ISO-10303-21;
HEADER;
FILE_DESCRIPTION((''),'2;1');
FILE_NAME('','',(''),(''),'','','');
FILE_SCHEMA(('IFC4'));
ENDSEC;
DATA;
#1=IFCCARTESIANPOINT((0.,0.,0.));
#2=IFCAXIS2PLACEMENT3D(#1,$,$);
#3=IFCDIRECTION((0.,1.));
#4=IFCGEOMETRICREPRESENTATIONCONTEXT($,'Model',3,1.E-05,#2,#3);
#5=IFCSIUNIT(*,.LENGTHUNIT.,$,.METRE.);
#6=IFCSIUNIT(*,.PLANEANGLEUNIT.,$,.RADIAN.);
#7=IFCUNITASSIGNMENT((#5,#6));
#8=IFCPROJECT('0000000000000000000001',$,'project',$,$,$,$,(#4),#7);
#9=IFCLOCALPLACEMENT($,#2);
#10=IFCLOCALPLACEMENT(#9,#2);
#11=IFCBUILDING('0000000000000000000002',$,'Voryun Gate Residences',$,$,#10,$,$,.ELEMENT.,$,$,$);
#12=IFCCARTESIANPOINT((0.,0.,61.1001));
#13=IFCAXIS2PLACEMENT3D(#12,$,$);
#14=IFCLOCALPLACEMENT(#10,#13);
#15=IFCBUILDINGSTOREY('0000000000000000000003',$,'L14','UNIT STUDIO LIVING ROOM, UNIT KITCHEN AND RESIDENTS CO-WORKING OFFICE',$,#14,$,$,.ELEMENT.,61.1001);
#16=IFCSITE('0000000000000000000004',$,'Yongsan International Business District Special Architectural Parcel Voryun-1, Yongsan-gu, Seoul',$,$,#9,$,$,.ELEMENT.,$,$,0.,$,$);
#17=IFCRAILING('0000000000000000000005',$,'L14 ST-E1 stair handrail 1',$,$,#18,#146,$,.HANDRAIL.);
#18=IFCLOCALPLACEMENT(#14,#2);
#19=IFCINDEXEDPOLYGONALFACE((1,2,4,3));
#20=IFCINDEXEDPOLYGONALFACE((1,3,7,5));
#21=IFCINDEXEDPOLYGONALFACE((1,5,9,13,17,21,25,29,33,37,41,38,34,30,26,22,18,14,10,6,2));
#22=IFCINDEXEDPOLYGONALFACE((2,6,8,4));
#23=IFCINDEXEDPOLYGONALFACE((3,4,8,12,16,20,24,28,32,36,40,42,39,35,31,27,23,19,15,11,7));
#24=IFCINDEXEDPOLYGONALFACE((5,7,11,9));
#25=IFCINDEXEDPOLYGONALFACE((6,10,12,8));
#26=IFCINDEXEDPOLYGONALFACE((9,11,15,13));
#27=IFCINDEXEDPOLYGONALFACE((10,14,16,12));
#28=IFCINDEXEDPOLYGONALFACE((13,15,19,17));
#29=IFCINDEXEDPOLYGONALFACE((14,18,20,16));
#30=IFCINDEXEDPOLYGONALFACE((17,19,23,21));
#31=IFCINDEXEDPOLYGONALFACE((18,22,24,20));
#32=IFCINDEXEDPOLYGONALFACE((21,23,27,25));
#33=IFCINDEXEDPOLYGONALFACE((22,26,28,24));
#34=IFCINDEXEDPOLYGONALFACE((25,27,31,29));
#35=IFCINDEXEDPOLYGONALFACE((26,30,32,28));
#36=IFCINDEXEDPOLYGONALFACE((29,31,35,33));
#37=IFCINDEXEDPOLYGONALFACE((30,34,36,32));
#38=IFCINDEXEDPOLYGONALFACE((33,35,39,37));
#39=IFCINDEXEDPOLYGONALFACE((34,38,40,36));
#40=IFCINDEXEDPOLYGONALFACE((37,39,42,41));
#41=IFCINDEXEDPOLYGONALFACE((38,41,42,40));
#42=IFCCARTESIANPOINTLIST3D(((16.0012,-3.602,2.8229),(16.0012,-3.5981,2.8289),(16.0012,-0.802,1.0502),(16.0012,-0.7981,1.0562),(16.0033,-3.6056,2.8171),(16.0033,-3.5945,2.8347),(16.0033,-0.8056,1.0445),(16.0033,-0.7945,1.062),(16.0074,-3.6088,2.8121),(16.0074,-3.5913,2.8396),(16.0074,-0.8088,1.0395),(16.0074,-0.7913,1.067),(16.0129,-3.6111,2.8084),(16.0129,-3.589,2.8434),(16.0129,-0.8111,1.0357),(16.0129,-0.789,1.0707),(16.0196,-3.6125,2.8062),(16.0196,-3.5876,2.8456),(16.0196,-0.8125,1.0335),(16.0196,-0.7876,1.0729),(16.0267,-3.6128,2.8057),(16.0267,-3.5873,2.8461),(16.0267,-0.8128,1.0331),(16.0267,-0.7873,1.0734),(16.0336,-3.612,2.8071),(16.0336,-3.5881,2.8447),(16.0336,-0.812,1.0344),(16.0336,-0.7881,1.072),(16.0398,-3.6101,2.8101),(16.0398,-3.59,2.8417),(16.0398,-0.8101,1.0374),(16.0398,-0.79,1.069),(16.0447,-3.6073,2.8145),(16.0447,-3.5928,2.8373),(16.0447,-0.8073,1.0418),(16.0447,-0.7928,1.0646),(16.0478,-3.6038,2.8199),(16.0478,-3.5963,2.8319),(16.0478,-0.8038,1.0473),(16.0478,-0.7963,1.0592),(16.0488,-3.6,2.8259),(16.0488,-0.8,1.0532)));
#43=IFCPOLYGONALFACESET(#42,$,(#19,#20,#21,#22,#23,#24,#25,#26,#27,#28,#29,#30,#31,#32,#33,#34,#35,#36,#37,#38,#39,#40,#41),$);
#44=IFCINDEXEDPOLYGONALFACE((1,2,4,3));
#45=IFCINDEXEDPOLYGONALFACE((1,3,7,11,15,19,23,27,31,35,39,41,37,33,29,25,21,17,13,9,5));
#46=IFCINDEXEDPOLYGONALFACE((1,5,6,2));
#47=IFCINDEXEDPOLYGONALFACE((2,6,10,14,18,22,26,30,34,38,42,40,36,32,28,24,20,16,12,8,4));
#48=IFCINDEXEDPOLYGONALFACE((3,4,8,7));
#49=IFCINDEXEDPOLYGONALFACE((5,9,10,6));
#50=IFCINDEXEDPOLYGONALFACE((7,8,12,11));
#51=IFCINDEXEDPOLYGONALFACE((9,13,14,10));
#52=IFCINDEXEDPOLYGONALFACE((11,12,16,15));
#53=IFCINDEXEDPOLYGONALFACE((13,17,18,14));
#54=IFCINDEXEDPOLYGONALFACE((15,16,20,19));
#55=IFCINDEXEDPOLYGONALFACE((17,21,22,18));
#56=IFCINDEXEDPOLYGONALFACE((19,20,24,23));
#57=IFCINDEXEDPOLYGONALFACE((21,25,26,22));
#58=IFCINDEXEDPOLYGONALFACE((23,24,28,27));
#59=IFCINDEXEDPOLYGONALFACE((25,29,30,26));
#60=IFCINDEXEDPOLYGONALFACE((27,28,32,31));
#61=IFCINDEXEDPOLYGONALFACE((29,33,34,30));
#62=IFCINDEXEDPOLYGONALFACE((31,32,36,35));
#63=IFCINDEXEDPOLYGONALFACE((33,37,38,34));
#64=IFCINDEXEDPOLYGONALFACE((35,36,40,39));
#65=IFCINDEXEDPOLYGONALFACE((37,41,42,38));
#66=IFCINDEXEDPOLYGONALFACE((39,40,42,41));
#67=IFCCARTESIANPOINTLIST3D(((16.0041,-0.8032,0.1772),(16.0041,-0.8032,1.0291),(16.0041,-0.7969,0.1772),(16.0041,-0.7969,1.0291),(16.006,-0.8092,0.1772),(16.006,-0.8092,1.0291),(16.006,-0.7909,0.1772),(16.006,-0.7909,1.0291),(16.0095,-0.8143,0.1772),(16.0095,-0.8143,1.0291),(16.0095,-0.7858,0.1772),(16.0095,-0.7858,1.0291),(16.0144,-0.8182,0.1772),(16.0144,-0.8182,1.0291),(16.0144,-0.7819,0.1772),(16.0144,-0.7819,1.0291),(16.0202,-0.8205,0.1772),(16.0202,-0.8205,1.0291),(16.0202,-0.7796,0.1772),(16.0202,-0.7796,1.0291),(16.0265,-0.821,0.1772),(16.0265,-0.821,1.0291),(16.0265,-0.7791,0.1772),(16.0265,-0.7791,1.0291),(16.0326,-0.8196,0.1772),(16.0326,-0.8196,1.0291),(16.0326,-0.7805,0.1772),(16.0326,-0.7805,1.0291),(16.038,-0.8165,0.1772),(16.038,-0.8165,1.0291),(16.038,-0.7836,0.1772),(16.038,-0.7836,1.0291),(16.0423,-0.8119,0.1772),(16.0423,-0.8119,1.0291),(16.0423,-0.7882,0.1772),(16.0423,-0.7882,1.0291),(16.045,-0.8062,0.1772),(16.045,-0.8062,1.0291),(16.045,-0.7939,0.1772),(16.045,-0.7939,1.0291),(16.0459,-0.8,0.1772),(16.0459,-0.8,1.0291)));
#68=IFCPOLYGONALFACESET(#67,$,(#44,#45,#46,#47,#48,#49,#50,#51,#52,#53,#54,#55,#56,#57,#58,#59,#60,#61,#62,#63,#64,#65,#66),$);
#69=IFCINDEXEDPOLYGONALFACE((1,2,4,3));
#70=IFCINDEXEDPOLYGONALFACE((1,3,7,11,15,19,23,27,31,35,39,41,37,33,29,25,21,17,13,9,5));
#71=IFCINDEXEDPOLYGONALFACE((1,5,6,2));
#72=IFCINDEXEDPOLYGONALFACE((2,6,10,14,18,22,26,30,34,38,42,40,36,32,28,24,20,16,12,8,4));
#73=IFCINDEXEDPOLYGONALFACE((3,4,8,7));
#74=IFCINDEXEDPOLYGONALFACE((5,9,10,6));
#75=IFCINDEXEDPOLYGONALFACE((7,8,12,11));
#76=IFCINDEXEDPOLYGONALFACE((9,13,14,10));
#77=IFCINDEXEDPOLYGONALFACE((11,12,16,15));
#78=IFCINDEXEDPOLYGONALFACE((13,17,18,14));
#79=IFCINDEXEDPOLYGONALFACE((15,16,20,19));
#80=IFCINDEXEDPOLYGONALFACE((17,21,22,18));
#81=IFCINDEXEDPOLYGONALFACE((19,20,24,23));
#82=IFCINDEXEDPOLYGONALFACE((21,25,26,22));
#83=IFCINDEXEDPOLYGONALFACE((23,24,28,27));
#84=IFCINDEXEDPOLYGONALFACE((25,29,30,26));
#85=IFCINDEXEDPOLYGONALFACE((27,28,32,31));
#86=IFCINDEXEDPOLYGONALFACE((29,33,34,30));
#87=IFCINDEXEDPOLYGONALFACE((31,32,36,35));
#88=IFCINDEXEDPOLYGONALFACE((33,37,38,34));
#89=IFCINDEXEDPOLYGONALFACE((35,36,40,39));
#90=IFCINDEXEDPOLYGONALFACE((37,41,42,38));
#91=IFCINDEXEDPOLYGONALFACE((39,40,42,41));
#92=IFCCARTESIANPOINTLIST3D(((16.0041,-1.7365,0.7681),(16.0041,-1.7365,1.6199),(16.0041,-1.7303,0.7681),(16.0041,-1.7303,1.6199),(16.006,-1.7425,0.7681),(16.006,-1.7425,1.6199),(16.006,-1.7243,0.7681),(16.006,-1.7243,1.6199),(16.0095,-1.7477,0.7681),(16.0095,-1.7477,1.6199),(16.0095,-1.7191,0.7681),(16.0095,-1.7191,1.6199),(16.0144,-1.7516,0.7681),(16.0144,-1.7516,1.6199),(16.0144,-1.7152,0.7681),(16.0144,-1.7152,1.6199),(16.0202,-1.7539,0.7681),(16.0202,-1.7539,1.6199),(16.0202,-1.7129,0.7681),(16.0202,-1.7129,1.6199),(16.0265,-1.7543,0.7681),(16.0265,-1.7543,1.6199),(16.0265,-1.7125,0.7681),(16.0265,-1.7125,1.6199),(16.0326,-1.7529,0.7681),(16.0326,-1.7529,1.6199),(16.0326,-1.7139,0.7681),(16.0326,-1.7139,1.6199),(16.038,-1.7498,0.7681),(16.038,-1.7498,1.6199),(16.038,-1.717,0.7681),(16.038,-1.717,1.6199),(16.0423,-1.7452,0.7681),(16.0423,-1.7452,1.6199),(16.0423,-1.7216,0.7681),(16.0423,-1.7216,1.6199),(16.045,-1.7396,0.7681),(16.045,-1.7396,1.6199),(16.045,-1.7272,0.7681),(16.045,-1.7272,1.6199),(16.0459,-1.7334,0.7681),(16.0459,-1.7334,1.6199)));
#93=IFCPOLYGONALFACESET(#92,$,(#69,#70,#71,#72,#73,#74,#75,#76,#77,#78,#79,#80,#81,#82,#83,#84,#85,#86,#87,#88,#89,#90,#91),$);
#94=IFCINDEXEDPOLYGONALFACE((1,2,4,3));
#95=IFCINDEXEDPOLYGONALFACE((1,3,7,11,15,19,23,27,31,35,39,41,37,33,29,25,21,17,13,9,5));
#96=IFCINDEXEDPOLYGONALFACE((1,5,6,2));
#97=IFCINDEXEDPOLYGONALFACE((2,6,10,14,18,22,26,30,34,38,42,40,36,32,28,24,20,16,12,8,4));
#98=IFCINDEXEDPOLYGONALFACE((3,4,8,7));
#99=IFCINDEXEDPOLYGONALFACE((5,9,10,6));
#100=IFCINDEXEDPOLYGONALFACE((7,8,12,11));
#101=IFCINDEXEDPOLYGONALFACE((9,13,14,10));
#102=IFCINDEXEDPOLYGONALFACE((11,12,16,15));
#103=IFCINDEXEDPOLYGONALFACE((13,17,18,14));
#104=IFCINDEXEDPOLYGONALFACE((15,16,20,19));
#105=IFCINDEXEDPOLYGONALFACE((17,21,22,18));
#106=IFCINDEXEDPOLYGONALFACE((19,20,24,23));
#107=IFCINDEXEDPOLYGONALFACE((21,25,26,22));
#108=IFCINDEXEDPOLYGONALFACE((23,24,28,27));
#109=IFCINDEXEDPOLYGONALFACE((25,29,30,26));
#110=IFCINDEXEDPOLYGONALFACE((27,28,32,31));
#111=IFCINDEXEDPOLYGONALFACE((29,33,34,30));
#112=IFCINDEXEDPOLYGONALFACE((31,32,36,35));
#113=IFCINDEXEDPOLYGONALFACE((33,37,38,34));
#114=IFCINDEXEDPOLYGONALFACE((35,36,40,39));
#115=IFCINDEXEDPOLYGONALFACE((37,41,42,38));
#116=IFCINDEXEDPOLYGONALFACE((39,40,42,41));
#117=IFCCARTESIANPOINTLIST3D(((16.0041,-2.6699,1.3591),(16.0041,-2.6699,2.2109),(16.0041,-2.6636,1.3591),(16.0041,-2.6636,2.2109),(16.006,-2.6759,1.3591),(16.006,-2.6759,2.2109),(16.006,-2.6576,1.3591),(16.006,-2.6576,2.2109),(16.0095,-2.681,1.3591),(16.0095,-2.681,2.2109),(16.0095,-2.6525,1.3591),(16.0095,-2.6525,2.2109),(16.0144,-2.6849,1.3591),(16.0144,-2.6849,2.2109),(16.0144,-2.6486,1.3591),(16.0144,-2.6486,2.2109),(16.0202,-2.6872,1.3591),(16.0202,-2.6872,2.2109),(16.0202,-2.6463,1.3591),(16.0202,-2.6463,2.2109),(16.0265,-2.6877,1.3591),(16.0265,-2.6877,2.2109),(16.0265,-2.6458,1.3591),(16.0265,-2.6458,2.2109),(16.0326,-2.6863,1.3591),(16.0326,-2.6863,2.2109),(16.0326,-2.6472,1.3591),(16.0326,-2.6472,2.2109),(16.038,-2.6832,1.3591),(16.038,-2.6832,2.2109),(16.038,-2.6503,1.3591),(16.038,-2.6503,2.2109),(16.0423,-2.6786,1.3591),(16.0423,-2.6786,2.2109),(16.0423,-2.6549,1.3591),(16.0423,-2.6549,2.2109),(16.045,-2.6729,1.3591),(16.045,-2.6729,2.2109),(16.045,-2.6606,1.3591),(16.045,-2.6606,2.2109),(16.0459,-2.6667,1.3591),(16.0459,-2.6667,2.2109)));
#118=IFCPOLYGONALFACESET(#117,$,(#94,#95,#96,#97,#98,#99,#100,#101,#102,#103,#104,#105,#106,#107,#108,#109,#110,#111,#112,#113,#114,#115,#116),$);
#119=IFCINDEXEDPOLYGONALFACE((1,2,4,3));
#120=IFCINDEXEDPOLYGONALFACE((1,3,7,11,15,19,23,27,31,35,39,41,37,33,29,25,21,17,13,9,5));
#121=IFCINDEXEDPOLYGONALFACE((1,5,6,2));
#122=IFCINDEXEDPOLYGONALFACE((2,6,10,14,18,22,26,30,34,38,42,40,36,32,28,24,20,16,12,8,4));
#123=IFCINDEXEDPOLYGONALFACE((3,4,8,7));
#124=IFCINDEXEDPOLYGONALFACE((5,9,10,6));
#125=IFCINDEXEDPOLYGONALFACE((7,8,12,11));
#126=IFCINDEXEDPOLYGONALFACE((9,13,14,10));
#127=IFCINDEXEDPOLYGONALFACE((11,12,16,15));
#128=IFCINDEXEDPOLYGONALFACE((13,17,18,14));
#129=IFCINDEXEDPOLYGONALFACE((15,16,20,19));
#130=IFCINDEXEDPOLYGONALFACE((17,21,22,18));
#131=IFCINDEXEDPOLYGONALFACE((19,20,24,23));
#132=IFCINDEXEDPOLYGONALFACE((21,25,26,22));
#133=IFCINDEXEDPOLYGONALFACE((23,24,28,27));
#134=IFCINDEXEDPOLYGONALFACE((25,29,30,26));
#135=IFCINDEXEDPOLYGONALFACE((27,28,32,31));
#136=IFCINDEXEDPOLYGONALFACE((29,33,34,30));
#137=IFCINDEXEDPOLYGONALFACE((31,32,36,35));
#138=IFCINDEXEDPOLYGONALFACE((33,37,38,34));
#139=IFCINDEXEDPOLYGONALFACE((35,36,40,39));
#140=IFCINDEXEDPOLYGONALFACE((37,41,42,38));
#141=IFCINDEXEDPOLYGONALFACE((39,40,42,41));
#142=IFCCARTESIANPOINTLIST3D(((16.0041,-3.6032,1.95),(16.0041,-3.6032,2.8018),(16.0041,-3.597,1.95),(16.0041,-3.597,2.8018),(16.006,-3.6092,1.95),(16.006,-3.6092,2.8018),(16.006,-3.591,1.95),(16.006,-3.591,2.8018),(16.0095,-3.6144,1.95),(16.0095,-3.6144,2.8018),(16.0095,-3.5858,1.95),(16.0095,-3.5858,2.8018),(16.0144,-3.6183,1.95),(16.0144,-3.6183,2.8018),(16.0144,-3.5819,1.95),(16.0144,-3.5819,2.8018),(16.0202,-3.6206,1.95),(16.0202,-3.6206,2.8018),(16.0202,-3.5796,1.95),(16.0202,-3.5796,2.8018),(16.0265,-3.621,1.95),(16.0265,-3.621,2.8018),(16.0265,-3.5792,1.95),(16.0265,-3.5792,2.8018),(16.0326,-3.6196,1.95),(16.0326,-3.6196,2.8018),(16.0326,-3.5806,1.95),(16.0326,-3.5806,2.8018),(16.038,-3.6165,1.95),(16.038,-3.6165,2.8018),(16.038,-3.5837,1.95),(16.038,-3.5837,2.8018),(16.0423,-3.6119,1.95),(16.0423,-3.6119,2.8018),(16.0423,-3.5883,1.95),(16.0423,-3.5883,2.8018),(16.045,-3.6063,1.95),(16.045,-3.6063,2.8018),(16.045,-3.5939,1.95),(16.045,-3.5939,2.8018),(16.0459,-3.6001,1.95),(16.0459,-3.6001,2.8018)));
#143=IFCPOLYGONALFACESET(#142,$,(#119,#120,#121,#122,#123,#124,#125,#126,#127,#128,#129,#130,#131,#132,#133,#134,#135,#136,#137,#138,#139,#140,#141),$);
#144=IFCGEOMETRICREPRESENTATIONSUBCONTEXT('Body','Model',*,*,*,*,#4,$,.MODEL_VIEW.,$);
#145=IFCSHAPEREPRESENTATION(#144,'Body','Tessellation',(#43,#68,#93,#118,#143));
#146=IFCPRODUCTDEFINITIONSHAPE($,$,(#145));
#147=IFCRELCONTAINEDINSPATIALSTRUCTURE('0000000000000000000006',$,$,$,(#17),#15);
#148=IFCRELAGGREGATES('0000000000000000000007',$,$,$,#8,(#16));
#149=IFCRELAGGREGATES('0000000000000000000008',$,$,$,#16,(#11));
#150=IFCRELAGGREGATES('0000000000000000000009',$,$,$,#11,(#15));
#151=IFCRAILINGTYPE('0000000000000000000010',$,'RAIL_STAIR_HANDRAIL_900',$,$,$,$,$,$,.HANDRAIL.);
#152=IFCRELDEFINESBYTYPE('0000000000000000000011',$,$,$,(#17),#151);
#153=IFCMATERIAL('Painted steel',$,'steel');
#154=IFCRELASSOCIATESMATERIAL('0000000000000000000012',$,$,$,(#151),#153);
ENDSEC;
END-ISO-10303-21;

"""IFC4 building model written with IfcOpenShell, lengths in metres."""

from ifc_helpers import new_model, si_unit, direction, frame, origin, origin_2d, place, context, subcontext, project, spatial, circle, extrude, material, type_object, element, save


model = new_model("IFC4")

# Units and contexts
model_context = context("Model", 3, precision=1e-05, world=origin(), true_north=direction((0.0, 1.0)))
body_context = subcontext(model_context, "Body", "Model", "MODEL_VIEW")
ifc_project = project(units=[si_unit("LENGTHUNIT", "METRE"), si_unit("PLANEANGLEUNIT", "RADIAN")], contexts=[model_context])

# Site, building, storey
site_placement = place(None, origin())
site = spatial("IfcSite", under=ifc_project, at=site_placement, Name="Yongsan International Business District Special Architectural Parcel Voryun-1, Yongsan-gu, Seoul", CompositionType="ELEMENT", RefElevation=0.0)
building_placement = place(site_placement, origin())
building = spatial("IfcBuilding", under=site, at=building_placement, Name="Voryun Gate Residences", CompositionType="ELEMENT")
storey_placement = place(building_placement, frame((0.0, 0.0, 61.1001)))
storey = spatial("IfcBuildingStorey", under=building, at=storey_placement, Name="L14", Description="UNIT STUDIO LIVING ROOM, UNIT KITCHEN AND RESIDENTS CO-WORKING OFFICE", CompositionType="ELEMENT", Elevation=61.1001)

# Railing
ifc_material_1 = material(Name="Painted steel", Category="steel")
railing_type_1 = type_object("IfcRailingType", Name="RAIL_STAIR_HANDRAIL_900", PredefinedType="HANDRAIL", material=ifc_material_1)
railing_1_placement = place(storey_placement, frame((16.0249, -0.8, 0.1772)))
element("IfcRailing", 1, at=railing_1_placement, inside=storey, type_object=railing_type_1, Name="L14 ST-E1 stair handrail 1", PredefinedType="HANDRAIL", context=body_context, shape_type="SweptSolid", body=[
    extrude(circle(Radius=0.0239, at=origin_2d()), frame((0.0, 0.0, 0.876), z_axis=(0.0, -0.844909, 0.53491), x_axis=(1.0, 0.0, 0.0)), (0.0, 0.0, 1.0), 3.314),
    extrude(circle(Radius=0.021, at=origin_2d()), origin(), (0.0, 0.0, 1.0), 0.8518),
    extrude(circle(Radius=0.021, at=origin_2d()), frame((0.0, -0.9333, 0.5908)), (0.0, 0.0, 1.0), 0.8518),
    extrude(circle(Radius=0.021, at=origin_2d()), frame((0.0, -1.8667, 1.1819)), (0.0, 0.0, 1.0), 0.8518),
    extrude(circle(Radius=0.021, at=origin_2d()), frame((0.0, -2.8, 1.7727)), (0.0, 0.0, 1.0), 0.8518),
])

save(model, "model.ifc")
